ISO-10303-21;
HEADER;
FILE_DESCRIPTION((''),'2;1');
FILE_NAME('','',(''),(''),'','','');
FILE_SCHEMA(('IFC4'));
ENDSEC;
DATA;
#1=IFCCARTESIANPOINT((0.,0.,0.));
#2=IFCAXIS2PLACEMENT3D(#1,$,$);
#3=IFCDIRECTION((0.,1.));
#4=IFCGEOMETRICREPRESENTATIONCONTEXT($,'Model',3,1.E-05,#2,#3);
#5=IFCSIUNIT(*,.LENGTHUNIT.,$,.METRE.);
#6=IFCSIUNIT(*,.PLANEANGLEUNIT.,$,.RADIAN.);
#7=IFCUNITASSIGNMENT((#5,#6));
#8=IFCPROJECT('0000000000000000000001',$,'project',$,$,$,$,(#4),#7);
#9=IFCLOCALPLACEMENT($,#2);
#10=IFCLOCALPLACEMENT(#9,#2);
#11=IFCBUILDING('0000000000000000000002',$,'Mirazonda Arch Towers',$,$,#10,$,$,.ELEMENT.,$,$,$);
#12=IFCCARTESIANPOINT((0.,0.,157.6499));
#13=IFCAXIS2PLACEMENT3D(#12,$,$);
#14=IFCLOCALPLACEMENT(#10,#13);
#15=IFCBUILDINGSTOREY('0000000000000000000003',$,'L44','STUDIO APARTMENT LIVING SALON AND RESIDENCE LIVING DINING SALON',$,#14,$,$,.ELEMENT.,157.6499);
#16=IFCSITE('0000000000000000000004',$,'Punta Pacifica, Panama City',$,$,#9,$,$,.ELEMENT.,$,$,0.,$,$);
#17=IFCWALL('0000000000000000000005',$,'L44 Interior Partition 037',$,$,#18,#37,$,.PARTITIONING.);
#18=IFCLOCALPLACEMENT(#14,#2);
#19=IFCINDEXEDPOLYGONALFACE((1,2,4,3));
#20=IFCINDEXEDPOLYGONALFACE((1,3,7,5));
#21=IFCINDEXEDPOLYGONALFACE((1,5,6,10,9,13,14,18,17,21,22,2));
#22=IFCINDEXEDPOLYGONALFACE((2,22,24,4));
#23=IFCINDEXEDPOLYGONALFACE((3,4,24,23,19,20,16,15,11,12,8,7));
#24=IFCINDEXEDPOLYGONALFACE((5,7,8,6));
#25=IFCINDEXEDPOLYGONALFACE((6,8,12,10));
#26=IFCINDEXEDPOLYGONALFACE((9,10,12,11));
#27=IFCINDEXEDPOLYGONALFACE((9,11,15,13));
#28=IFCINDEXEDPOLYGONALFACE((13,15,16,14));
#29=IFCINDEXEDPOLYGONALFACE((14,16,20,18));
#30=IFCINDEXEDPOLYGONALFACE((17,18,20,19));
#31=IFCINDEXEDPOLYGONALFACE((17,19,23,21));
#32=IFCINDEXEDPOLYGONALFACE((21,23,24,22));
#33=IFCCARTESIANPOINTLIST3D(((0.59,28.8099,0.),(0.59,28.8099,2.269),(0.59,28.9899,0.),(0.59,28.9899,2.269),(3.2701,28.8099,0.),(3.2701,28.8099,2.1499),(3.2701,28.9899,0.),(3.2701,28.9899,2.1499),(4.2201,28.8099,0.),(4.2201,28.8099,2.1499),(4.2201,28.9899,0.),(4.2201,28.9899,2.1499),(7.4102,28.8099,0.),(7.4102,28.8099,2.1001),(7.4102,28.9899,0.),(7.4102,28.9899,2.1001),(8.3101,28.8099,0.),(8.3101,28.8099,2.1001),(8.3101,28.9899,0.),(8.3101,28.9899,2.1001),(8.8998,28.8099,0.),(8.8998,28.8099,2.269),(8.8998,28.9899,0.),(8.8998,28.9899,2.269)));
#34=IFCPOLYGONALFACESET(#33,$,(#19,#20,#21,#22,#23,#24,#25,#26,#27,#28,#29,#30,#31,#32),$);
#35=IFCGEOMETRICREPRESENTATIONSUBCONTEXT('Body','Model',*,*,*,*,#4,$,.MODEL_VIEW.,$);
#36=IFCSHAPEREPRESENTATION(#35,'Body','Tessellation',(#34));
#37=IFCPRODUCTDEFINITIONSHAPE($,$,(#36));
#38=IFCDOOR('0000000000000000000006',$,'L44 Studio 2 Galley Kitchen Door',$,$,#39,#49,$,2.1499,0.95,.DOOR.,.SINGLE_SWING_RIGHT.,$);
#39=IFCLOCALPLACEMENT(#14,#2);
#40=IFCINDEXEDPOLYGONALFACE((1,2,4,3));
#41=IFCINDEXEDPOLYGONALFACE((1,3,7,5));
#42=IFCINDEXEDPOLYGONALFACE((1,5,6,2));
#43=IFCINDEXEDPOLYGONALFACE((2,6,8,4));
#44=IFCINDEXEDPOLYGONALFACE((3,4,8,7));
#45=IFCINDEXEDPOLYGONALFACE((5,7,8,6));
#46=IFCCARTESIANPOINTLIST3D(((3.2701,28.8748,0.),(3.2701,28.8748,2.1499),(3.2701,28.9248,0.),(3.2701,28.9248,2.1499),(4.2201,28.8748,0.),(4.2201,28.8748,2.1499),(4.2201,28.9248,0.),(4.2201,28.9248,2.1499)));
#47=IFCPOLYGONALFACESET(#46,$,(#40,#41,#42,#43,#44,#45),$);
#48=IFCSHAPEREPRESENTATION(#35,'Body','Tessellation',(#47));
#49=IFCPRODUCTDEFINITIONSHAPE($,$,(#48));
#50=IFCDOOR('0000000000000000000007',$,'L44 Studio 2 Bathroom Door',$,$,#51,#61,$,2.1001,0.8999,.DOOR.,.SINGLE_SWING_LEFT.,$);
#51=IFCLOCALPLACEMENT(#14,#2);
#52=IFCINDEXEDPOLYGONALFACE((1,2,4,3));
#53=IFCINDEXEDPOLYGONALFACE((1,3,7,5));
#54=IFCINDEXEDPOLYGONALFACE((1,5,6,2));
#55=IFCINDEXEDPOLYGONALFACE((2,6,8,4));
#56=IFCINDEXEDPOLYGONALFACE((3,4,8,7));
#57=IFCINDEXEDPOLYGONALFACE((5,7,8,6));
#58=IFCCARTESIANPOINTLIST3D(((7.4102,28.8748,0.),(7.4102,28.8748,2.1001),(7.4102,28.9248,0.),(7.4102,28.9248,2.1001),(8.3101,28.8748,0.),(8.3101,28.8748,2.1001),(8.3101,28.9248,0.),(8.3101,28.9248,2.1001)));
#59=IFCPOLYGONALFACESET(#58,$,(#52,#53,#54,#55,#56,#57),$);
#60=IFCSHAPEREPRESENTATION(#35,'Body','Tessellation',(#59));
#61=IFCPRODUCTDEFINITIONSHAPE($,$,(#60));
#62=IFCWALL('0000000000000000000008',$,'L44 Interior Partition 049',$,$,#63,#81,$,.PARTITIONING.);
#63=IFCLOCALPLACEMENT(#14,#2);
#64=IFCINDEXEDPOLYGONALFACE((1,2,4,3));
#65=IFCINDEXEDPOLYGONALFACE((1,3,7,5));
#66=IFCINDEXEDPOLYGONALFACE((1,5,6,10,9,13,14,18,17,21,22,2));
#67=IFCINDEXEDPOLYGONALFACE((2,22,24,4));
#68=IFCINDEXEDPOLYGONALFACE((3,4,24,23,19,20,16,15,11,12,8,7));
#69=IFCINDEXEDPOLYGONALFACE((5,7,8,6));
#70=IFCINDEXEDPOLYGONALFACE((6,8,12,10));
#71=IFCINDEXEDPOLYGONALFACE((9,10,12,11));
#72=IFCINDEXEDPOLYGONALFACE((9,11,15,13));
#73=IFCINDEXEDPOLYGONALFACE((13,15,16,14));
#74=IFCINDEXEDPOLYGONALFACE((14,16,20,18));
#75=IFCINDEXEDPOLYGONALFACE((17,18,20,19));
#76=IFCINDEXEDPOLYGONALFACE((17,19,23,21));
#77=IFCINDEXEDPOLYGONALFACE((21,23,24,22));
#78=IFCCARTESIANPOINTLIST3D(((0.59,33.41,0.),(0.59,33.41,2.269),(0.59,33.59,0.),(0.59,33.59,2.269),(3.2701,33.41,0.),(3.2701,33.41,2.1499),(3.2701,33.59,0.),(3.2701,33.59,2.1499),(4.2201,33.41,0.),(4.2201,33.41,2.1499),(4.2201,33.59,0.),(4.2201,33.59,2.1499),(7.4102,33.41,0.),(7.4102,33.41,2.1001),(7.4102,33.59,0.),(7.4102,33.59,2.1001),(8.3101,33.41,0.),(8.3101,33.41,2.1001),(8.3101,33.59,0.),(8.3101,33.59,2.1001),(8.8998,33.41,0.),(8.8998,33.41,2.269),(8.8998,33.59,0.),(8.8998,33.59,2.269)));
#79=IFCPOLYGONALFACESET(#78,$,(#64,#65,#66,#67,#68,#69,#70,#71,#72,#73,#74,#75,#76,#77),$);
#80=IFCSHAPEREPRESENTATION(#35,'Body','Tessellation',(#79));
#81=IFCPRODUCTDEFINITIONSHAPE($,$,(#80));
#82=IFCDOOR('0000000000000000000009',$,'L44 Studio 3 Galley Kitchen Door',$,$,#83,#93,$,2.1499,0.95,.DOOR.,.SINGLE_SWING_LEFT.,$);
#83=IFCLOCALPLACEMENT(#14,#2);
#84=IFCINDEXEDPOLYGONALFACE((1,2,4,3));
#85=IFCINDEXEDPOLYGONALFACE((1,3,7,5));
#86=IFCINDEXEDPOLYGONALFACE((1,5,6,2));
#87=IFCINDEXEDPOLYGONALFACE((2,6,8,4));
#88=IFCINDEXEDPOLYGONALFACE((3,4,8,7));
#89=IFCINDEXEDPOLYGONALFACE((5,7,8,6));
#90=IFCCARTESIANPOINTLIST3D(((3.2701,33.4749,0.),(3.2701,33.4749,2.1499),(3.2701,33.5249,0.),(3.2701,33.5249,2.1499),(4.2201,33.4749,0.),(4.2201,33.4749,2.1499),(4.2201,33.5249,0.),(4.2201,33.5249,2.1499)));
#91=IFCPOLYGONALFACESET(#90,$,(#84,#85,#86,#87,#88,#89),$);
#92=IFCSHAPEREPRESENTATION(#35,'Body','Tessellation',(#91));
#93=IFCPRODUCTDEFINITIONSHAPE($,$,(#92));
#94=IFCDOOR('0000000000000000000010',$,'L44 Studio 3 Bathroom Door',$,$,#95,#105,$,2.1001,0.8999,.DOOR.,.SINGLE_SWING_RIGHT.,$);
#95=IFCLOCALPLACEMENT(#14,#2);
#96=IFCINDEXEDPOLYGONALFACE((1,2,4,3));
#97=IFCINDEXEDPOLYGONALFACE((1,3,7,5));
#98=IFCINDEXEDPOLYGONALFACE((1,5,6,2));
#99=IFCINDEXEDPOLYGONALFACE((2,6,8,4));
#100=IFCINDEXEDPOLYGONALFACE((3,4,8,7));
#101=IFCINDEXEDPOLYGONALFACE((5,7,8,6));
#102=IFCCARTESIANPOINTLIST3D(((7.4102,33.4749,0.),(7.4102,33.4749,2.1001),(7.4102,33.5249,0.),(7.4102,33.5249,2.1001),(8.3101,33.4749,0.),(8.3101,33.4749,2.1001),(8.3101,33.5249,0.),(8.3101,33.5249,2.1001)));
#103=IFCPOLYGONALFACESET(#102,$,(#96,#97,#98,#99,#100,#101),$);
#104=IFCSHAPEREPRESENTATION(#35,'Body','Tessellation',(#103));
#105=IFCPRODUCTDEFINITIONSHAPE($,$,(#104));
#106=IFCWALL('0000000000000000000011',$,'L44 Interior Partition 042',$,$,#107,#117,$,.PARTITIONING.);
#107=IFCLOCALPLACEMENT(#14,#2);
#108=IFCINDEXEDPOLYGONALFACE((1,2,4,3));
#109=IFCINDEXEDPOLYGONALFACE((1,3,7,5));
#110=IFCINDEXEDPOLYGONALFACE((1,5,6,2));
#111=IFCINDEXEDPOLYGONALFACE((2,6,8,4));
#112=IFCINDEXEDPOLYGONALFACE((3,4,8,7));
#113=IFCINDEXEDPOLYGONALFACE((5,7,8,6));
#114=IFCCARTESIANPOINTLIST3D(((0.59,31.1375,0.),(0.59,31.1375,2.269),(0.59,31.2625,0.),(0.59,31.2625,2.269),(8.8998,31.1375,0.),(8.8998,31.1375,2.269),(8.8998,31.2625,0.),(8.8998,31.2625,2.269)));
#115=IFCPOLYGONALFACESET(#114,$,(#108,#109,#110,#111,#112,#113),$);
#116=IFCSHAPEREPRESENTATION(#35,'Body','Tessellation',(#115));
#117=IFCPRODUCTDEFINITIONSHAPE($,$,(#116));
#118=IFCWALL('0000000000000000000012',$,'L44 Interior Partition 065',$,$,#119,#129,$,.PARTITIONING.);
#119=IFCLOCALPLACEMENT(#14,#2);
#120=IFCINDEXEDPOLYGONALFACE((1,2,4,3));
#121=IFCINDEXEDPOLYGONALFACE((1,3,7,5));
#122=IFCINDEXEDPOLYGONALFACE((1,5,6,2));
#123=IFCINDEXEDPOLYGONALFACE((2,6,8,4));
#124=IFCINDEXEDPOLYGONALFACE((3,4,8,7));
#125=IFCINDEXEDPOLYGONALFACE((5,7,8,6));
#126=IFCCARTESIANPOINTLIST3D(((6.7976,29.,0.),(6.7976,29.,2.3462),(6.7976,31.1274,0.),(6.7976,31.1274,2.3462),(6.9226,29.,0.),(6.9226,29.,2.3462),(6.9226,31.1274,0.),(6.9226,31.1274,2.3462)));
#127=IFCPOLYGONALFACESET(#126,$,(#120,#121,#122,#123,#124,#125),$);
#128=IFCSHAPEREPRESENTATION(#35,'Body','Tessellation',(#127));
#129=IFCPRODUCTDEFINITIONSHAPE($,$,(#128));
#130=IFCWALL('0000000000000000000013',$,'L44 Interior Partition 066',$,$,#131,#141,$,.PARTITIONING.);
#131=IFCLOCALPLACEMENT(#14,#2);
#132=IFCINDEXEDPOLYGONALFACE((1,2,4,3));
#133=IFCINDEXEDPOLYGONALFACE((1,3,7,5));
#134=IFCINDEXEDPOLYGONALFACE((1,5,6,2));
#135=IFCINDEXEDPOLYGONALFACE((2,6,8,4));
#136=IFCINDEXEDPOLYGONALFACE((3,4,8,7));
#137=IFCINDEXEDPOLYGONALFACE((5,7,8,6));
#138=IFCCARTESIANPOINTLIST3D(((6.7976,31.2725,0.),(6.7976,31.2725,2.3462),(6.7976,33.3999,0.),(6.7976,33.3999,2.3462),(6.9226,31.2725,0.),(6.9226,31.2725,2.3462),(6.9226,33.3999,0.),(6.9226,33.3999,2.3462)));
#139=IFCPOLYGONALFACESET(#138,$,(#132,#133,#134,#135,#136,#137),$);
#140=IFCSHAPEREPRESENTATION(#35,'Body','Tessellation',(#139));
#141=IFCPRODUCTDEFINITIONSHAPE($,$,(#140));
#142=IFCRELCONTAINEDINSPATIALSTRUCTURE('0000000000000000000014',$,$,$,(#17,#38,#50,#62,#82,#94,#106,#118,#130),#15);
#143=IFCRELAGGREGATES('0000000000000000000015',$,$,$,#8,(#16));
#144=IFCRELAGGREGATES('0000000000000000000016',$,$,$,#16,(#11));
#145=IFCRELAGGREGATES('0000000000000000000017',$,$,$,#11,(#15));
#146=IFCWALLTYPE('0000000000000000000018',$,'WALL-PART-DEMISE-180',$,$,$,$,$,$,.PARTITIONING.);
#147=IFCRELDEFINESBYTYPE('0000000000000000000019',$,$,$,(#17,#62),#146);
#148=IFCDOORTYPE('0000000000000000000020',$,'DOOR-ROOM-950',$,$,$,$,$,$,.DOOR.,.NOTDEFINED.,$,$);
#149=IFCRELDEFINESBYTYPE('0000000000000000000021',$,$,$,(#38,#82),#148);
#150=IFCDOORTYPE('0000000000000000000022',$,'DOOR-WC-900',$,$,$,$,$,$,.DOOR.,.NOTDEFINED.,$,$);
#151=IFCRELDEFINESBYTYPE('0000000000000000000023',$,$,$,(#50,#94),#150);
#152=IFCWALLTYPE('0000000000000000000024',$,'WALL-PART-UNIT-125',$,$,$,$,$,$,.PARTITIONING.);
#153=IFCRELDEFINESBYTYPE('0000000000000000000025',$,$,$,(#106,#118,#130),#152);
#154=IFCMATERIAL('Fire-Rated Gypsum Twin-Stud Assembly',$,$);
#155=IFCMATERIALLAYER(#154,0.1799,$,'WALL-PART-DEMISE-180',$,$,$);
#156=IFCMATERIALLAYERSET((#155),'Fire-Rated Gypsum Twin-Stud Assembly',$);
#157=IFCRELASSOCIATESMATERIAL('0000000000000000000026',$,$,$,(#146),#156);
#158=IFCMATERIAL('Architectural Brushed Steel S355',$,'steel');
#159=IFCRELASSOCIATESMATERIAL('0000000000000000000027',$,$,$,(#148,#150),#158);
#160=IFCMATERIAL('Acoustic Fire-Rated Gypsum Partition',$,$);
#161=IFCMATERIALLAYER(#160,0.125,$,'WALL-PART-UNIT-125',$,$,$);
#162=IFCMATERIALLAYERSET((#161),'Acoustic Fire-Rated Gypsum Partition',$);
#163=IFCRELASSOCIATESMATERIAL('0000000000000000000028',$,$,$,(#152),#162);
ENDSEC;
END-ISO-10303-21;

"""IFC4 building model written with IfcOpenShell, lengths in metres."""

from ifc_helpers import new_model, si_unit, direction, frame, frame_2d, origin, place, context, subcontext, project, spatial, rectangle, extrude, material, layer, layer_set, type_object, element, fill, save


model = new_model("IFC4")

# Units and contexts
model_context = context("Model", 3, precision=1e-05, world=origin(), true_north=direction((0.0, 1.0)))
body_context = subcontext(model_context, "Body", "Model", "MODEL_VIEW")
ifc_project = project(units=[si_unit("LENGTHUNIT", "METRE"), si_unit("PLANEANGLEUNIT", "RADIAN")], contexts=[model_context])

# Site, building, storey
site_placement = place(None, origin())
site = spatial("IfcSite", under=ifc_project, at=site_placement, Name="Punta Pacifica, Panama City", CompositionType="ELEMENT", RefElevation=0.0)
building_placement = place(site_placement, origin())
building = spatial("IfcBuilding", under=site, at=building_placement, Name="Mirazonda Arch Towers", CompositionType="ELEMENT")
storey_placement = place(building_placement, frame((0.0, 0.0, 157.6499)))
storey = spatial("IfcBuildingStorey", under=building, at=storey_placement, Name="L44", Description="STUDIO APARTMENT LIVING SALON AND RESIDENCE LIVING DINING SALON", CompositionType="ELEMENT", Elevation=157.6499)

# Walls, openings, doors
ifc_material_1 = material(Name="Fire-Rated Gypsum Twin-Stud Assembly")
ifc_layer_1 = layer(ifc_material_1, 0.1799, Name="WALL-PART-DEMISE-180")
ifc_layer_set_1 = layer_set([ifc_layer_1], Name="Fire-Rated Gypsum Twin-Stud Assembly")
wall_type_1 = type_object("IfcWallType", Name="WALL-PART-DEMISE-180", PredefinedType="PARTITIONING", material=ifc_layer_set_1)
wall_1_placement = place(storey_placement, frame((0.5901, 28.8999, 0.0), z_axis=(0.0, 0.0, 1.0), x_axis=(1.0, 0.0, 0.0)))
wall_1 = element("IfcWall", 1, at=wall_1_placement, inside=storey, type_object=wall_type_1, Name="L44 Interior Partition 037", PredefinedType="PARTITIONING", context=body_context, shape_type="SweptSolid", body=[
    extrude(rectangle(XDim=8.3098, YDim=0.1799, at=frame_2d((4.1548, 0.0))), origin(), (0.0, 0.0, 1.0), 2.269),
])
opening_1_placement = place(wall_1_placement, frame((2.6799, 0.0, 0.0)))
opening_1 = element("IfcOpeningElement", 2, at=opening_1_placement, cuts=wall_1, PredefinedType="OPENING", context=body_context, shape_type="SweptSolid", body=[
    extrude(rectangle(XDim=0.95, YDim=2.1499, at=frame_2d((0.4751, 1.075))), frame((0.0, 0.0999, 0.0), z_axis=(0.0, -1.0, 0.0), x_axis=(1.0, 0.0, 0.0)), (0.0, 0.0, 1.0), 0.2),
])
opening_2_placement = place(wall_1_placement, frame((6.8201, 0.0, 0.0)))
opening_2 = element("IfcOpeningElement", 3, at=opening_2_placement, cuts=wall_1, PredefinedType="OPENING", context=body_context, shape_type="SweptSolid", body=[
    extrude(rectangle(XDim=0.8999, YDim=2.1001, at=frame_2d((0.45, 1.05))), frame((0.0, 0.0999, 0.0), z_axis=(0.0, -1.0, 0.0), x_axis=(1.0, 0.0, 0.0)), (0.0, 0.0, 1.0), 0.2),
])
ifc_material_2 = material(Name="Architectural Brushed Steel S355", Category="steel")
door_type_1 = type_object("IfcDoorType", Name="DOOR-ROOM-950", OperationType="NOTDEFINED", PredefinedType="DOOR", material=ifc_material_2)
door_1_placement = place(opening_1_placement, origin())
door_1 = element("IfcDoor", 4, at=door_1_placement, inside=storey, type_object=door_type_1, Name="L44 Studio 2 Galley Kitchen Door", OperationType="SINGLE_SWING_RIGHT", OverallHeight=2.1499, OverallWidth=0.95, PredefinedType="DOOR", context=body_context, shape_type="SweptSolid", body=[
    extrude(rectangle(XDim=0.95, YDim=2.1499, at=frame_2d((0.4751, 1.075))), frame((0.0, 0.0249, 0.0), z_axis=(0.0, -1.0, 0.0), x_axis=(1.0, 0.0, 0.0)), (0.0, 0.0, 1.0), 0.05),
])
fill(opening_1, door_1)
door_type_2 = type_object("IfcDoorType", Name="DOOR-WC-900", OperationType="NOTDEFINED", PredefinedType="DOOR", material=ifc_material_2)
door_2_placement = place(opening_2_placement, origin())
door_2 = element("IfcDoor", 5, at=door_2_placement, inside=storey, type_object=door_type_2, Name="L44 Studio 2 Bathroom Door", OperationType="SINGLE_SWING_LEFT", OverallHeight=2.1001, OverallWidth=0.8999, PredefinedType="DOOR", context=body_context, shape_type="SweptSolid", body=[
    extrude(rectangle(XDim=0.8999, YDim=2.1001, at=frame_2d((0.45, 1.05))), frame((0.0, 0.0249, 0.0), z_axis=(0.0, -1.0, 0.0), x_axis=(1.0, 0.0, 0.0)), (0.0, 0.0, 1.0), 0.05),
])
fill(opening_2, door_2)
wall_2_placement = place(storey_placement, frame((0.5901, 33.5, 0.0), z_axis=(0.0, 0.0, 1.0), x_axis=(1.0, 0.0, 0.0)))
wall_2 = element("IfcWall", 6, at=wall_2_placement, inside=storey, type_object=wall_type_1, Name="L44 Interior Partition 049", PredefinedType="PARTITIONING", context=body_context, shape_type="SweptSolid", body=[
    extrude(rectangle(XDim=8.3098, YDim=0.1799, at=frame_2d((4.1548, 0.0))), origin(), (0.0, 0.0, 1.0), 2.269),
])
opening_3_placement = place(wall_2_placement, frame((2.6799, 0.0, 0.0)))
opening_3 = element("IfcOpeningElement", 7, at=opening_3_placement, cuts=wall_2, PredefinedType="OPENING", context=body_context, shape_type="SweptSolid", body=[
    extrude(rectangle(XDim=0.95, YDim=2.1499, at=frame_2d((0.4751, 1.075))), frame((0.0, 0.0999, 0.0), z_axis=(0.0, -1.0, 0.0), x_axis=(1.0, 0.0, 0.0)), (0.0, 0.0, 1.0), 0.2),
])
opening_4_placement = place(wall_2_placement, frame((6.8201, 0.0, 0.0)))
opening_4 = element("IfcOpeningElement", 8, at=opening_4_placement, cuts=wall_2, PredefinedType="OPENING", context=body_context, shape_type="SweptSolid", body=[
    extrude(rectangle(XDim=0.8999, YDim=2.1001, at=frame_2d((0.45, 1.05))), frame((0.0, 0.0999, 0.0), z_axis=(0.0, -1.0, 0.0), x_axis=(1.0, 0.0, 0.0)), (0.0, 0.0, 1.0), 0.2),
])
door_3_placement = place(opening_3_placement, origin())
door_3 = element("IfcDoor", 9, at=door_3_placement, inside=storey, type_object=door_type_1, Name="L44 Studio 3 Galley Kitchen Door", OperationType="SINGLE_SWING_LEFT", OverallHeight=2.1499, OverallWidth=0.95, PredefinedType="DOOR", context=body_context, shape_type="SweptSolid", body=[
    extrude(rectangle(XDim=0.95, YDim=2.1499, at=frame_2d((0.4751, 1.075))), frame((0.0, 0.0249, 0.0), z_axis=(0.0, -1.0, 0.0), x_axis=(1.0, 0.0, 0.0)), (0.0, 0.0, 1.0), 0.05),
])
fill(opening_3, door_3)
door_4_placement = place(opening_4_placement, origin())
door_4 = element("IfcDoor", 10, at=door_4_placement, inside=storey, type_object=door_type_2, Name="L44 Studio 3 Bathroom Door", OperationType="SINGLE_SWING_RIGHT", OverallHeight=2.1001, OverallWidth=0.8999, PredefinedType="DOOR", context=body_context, shape_type="SweptSolid", body=[
    extrude(rectangle(XDim=0.8999, YDim=2.1001, at=frame_2d((0.45, 1.05))), frame((0.0, 0.0249, 0.0), z_axis=(0.0, -1.0, 0.0), x_axis=(1.0, 0.0, 0.0)), (0.0, 0.0, 1.0), 0.05),
])
fill(opening_4, door_4)

# Walls
ifc_material_3 = material(Name="Acoustic Fire-Rated Gypsum Partition")
ifc_layer_2 = layer(ifc_material_3, 0.125, Name="WALL-PART-UNIT-125")
ifc_layer_set_2 = layer_set([ifc_layer_2], Name="Acoustic Fire-Rated Gypsum Partition")
wall_type_2 = type_object("IfcWallType", Name="WALL-PART-UNIT-125", PredefinedType="PARTITIONING", material=ifc_layer_set_2)
wall_3_placement = place(storey_placement, frame((0.5901, 31.2, 0.0), z_axis=(0.0, 0.0, 1.0), x_axis=(1.0, 0.0, 0.0)))
element("IfcWall", 11, at=wall_3_placement, inside=storey, type_object=wall_type_2, Name="L44 Interior Partition 042", PredefinedType="PARTITIONING", context=body_context, shape_type="SweptSolid", body=[
    extrude(rectangle(XDim=8.3098, YDim=0.125, at=frame_2d((4.1548, 0.0))), origin(), (0.0, 0.0, 1.0), 2.269),
])
for number, where, z_axis, x_axis, name in (
    (12, (6.8601, 29.0, 0.0), (0.0, 0.0, 1.0), (0.0, 1.0, 0.0), "L44 Interior Partition 065"),
    (13, (6.8601, 31.2725, 0.0), (0.0, 0.0, 1.0), (0.0, 1.0, 0.0), "L44 Interior Partition 066"),
):
    element("IfcWall", number, at=place(storey_placement, frame(where, z_axis=z_axis, x_axis=x_axis)), inside=storey, type_object=wall_type_2, Name=name, PredefinedType="PARTITIONING", context=body_context, shape_type="SweptSolid", body=[
        extrude(rectangle(XDim=2.1274, YDim=0.125, at=frame_2d((1.0637, 0.0))), origin(), (0.0, 0.0, 1.0), 2.3462),
    ])

save(model, "model.ifc")
